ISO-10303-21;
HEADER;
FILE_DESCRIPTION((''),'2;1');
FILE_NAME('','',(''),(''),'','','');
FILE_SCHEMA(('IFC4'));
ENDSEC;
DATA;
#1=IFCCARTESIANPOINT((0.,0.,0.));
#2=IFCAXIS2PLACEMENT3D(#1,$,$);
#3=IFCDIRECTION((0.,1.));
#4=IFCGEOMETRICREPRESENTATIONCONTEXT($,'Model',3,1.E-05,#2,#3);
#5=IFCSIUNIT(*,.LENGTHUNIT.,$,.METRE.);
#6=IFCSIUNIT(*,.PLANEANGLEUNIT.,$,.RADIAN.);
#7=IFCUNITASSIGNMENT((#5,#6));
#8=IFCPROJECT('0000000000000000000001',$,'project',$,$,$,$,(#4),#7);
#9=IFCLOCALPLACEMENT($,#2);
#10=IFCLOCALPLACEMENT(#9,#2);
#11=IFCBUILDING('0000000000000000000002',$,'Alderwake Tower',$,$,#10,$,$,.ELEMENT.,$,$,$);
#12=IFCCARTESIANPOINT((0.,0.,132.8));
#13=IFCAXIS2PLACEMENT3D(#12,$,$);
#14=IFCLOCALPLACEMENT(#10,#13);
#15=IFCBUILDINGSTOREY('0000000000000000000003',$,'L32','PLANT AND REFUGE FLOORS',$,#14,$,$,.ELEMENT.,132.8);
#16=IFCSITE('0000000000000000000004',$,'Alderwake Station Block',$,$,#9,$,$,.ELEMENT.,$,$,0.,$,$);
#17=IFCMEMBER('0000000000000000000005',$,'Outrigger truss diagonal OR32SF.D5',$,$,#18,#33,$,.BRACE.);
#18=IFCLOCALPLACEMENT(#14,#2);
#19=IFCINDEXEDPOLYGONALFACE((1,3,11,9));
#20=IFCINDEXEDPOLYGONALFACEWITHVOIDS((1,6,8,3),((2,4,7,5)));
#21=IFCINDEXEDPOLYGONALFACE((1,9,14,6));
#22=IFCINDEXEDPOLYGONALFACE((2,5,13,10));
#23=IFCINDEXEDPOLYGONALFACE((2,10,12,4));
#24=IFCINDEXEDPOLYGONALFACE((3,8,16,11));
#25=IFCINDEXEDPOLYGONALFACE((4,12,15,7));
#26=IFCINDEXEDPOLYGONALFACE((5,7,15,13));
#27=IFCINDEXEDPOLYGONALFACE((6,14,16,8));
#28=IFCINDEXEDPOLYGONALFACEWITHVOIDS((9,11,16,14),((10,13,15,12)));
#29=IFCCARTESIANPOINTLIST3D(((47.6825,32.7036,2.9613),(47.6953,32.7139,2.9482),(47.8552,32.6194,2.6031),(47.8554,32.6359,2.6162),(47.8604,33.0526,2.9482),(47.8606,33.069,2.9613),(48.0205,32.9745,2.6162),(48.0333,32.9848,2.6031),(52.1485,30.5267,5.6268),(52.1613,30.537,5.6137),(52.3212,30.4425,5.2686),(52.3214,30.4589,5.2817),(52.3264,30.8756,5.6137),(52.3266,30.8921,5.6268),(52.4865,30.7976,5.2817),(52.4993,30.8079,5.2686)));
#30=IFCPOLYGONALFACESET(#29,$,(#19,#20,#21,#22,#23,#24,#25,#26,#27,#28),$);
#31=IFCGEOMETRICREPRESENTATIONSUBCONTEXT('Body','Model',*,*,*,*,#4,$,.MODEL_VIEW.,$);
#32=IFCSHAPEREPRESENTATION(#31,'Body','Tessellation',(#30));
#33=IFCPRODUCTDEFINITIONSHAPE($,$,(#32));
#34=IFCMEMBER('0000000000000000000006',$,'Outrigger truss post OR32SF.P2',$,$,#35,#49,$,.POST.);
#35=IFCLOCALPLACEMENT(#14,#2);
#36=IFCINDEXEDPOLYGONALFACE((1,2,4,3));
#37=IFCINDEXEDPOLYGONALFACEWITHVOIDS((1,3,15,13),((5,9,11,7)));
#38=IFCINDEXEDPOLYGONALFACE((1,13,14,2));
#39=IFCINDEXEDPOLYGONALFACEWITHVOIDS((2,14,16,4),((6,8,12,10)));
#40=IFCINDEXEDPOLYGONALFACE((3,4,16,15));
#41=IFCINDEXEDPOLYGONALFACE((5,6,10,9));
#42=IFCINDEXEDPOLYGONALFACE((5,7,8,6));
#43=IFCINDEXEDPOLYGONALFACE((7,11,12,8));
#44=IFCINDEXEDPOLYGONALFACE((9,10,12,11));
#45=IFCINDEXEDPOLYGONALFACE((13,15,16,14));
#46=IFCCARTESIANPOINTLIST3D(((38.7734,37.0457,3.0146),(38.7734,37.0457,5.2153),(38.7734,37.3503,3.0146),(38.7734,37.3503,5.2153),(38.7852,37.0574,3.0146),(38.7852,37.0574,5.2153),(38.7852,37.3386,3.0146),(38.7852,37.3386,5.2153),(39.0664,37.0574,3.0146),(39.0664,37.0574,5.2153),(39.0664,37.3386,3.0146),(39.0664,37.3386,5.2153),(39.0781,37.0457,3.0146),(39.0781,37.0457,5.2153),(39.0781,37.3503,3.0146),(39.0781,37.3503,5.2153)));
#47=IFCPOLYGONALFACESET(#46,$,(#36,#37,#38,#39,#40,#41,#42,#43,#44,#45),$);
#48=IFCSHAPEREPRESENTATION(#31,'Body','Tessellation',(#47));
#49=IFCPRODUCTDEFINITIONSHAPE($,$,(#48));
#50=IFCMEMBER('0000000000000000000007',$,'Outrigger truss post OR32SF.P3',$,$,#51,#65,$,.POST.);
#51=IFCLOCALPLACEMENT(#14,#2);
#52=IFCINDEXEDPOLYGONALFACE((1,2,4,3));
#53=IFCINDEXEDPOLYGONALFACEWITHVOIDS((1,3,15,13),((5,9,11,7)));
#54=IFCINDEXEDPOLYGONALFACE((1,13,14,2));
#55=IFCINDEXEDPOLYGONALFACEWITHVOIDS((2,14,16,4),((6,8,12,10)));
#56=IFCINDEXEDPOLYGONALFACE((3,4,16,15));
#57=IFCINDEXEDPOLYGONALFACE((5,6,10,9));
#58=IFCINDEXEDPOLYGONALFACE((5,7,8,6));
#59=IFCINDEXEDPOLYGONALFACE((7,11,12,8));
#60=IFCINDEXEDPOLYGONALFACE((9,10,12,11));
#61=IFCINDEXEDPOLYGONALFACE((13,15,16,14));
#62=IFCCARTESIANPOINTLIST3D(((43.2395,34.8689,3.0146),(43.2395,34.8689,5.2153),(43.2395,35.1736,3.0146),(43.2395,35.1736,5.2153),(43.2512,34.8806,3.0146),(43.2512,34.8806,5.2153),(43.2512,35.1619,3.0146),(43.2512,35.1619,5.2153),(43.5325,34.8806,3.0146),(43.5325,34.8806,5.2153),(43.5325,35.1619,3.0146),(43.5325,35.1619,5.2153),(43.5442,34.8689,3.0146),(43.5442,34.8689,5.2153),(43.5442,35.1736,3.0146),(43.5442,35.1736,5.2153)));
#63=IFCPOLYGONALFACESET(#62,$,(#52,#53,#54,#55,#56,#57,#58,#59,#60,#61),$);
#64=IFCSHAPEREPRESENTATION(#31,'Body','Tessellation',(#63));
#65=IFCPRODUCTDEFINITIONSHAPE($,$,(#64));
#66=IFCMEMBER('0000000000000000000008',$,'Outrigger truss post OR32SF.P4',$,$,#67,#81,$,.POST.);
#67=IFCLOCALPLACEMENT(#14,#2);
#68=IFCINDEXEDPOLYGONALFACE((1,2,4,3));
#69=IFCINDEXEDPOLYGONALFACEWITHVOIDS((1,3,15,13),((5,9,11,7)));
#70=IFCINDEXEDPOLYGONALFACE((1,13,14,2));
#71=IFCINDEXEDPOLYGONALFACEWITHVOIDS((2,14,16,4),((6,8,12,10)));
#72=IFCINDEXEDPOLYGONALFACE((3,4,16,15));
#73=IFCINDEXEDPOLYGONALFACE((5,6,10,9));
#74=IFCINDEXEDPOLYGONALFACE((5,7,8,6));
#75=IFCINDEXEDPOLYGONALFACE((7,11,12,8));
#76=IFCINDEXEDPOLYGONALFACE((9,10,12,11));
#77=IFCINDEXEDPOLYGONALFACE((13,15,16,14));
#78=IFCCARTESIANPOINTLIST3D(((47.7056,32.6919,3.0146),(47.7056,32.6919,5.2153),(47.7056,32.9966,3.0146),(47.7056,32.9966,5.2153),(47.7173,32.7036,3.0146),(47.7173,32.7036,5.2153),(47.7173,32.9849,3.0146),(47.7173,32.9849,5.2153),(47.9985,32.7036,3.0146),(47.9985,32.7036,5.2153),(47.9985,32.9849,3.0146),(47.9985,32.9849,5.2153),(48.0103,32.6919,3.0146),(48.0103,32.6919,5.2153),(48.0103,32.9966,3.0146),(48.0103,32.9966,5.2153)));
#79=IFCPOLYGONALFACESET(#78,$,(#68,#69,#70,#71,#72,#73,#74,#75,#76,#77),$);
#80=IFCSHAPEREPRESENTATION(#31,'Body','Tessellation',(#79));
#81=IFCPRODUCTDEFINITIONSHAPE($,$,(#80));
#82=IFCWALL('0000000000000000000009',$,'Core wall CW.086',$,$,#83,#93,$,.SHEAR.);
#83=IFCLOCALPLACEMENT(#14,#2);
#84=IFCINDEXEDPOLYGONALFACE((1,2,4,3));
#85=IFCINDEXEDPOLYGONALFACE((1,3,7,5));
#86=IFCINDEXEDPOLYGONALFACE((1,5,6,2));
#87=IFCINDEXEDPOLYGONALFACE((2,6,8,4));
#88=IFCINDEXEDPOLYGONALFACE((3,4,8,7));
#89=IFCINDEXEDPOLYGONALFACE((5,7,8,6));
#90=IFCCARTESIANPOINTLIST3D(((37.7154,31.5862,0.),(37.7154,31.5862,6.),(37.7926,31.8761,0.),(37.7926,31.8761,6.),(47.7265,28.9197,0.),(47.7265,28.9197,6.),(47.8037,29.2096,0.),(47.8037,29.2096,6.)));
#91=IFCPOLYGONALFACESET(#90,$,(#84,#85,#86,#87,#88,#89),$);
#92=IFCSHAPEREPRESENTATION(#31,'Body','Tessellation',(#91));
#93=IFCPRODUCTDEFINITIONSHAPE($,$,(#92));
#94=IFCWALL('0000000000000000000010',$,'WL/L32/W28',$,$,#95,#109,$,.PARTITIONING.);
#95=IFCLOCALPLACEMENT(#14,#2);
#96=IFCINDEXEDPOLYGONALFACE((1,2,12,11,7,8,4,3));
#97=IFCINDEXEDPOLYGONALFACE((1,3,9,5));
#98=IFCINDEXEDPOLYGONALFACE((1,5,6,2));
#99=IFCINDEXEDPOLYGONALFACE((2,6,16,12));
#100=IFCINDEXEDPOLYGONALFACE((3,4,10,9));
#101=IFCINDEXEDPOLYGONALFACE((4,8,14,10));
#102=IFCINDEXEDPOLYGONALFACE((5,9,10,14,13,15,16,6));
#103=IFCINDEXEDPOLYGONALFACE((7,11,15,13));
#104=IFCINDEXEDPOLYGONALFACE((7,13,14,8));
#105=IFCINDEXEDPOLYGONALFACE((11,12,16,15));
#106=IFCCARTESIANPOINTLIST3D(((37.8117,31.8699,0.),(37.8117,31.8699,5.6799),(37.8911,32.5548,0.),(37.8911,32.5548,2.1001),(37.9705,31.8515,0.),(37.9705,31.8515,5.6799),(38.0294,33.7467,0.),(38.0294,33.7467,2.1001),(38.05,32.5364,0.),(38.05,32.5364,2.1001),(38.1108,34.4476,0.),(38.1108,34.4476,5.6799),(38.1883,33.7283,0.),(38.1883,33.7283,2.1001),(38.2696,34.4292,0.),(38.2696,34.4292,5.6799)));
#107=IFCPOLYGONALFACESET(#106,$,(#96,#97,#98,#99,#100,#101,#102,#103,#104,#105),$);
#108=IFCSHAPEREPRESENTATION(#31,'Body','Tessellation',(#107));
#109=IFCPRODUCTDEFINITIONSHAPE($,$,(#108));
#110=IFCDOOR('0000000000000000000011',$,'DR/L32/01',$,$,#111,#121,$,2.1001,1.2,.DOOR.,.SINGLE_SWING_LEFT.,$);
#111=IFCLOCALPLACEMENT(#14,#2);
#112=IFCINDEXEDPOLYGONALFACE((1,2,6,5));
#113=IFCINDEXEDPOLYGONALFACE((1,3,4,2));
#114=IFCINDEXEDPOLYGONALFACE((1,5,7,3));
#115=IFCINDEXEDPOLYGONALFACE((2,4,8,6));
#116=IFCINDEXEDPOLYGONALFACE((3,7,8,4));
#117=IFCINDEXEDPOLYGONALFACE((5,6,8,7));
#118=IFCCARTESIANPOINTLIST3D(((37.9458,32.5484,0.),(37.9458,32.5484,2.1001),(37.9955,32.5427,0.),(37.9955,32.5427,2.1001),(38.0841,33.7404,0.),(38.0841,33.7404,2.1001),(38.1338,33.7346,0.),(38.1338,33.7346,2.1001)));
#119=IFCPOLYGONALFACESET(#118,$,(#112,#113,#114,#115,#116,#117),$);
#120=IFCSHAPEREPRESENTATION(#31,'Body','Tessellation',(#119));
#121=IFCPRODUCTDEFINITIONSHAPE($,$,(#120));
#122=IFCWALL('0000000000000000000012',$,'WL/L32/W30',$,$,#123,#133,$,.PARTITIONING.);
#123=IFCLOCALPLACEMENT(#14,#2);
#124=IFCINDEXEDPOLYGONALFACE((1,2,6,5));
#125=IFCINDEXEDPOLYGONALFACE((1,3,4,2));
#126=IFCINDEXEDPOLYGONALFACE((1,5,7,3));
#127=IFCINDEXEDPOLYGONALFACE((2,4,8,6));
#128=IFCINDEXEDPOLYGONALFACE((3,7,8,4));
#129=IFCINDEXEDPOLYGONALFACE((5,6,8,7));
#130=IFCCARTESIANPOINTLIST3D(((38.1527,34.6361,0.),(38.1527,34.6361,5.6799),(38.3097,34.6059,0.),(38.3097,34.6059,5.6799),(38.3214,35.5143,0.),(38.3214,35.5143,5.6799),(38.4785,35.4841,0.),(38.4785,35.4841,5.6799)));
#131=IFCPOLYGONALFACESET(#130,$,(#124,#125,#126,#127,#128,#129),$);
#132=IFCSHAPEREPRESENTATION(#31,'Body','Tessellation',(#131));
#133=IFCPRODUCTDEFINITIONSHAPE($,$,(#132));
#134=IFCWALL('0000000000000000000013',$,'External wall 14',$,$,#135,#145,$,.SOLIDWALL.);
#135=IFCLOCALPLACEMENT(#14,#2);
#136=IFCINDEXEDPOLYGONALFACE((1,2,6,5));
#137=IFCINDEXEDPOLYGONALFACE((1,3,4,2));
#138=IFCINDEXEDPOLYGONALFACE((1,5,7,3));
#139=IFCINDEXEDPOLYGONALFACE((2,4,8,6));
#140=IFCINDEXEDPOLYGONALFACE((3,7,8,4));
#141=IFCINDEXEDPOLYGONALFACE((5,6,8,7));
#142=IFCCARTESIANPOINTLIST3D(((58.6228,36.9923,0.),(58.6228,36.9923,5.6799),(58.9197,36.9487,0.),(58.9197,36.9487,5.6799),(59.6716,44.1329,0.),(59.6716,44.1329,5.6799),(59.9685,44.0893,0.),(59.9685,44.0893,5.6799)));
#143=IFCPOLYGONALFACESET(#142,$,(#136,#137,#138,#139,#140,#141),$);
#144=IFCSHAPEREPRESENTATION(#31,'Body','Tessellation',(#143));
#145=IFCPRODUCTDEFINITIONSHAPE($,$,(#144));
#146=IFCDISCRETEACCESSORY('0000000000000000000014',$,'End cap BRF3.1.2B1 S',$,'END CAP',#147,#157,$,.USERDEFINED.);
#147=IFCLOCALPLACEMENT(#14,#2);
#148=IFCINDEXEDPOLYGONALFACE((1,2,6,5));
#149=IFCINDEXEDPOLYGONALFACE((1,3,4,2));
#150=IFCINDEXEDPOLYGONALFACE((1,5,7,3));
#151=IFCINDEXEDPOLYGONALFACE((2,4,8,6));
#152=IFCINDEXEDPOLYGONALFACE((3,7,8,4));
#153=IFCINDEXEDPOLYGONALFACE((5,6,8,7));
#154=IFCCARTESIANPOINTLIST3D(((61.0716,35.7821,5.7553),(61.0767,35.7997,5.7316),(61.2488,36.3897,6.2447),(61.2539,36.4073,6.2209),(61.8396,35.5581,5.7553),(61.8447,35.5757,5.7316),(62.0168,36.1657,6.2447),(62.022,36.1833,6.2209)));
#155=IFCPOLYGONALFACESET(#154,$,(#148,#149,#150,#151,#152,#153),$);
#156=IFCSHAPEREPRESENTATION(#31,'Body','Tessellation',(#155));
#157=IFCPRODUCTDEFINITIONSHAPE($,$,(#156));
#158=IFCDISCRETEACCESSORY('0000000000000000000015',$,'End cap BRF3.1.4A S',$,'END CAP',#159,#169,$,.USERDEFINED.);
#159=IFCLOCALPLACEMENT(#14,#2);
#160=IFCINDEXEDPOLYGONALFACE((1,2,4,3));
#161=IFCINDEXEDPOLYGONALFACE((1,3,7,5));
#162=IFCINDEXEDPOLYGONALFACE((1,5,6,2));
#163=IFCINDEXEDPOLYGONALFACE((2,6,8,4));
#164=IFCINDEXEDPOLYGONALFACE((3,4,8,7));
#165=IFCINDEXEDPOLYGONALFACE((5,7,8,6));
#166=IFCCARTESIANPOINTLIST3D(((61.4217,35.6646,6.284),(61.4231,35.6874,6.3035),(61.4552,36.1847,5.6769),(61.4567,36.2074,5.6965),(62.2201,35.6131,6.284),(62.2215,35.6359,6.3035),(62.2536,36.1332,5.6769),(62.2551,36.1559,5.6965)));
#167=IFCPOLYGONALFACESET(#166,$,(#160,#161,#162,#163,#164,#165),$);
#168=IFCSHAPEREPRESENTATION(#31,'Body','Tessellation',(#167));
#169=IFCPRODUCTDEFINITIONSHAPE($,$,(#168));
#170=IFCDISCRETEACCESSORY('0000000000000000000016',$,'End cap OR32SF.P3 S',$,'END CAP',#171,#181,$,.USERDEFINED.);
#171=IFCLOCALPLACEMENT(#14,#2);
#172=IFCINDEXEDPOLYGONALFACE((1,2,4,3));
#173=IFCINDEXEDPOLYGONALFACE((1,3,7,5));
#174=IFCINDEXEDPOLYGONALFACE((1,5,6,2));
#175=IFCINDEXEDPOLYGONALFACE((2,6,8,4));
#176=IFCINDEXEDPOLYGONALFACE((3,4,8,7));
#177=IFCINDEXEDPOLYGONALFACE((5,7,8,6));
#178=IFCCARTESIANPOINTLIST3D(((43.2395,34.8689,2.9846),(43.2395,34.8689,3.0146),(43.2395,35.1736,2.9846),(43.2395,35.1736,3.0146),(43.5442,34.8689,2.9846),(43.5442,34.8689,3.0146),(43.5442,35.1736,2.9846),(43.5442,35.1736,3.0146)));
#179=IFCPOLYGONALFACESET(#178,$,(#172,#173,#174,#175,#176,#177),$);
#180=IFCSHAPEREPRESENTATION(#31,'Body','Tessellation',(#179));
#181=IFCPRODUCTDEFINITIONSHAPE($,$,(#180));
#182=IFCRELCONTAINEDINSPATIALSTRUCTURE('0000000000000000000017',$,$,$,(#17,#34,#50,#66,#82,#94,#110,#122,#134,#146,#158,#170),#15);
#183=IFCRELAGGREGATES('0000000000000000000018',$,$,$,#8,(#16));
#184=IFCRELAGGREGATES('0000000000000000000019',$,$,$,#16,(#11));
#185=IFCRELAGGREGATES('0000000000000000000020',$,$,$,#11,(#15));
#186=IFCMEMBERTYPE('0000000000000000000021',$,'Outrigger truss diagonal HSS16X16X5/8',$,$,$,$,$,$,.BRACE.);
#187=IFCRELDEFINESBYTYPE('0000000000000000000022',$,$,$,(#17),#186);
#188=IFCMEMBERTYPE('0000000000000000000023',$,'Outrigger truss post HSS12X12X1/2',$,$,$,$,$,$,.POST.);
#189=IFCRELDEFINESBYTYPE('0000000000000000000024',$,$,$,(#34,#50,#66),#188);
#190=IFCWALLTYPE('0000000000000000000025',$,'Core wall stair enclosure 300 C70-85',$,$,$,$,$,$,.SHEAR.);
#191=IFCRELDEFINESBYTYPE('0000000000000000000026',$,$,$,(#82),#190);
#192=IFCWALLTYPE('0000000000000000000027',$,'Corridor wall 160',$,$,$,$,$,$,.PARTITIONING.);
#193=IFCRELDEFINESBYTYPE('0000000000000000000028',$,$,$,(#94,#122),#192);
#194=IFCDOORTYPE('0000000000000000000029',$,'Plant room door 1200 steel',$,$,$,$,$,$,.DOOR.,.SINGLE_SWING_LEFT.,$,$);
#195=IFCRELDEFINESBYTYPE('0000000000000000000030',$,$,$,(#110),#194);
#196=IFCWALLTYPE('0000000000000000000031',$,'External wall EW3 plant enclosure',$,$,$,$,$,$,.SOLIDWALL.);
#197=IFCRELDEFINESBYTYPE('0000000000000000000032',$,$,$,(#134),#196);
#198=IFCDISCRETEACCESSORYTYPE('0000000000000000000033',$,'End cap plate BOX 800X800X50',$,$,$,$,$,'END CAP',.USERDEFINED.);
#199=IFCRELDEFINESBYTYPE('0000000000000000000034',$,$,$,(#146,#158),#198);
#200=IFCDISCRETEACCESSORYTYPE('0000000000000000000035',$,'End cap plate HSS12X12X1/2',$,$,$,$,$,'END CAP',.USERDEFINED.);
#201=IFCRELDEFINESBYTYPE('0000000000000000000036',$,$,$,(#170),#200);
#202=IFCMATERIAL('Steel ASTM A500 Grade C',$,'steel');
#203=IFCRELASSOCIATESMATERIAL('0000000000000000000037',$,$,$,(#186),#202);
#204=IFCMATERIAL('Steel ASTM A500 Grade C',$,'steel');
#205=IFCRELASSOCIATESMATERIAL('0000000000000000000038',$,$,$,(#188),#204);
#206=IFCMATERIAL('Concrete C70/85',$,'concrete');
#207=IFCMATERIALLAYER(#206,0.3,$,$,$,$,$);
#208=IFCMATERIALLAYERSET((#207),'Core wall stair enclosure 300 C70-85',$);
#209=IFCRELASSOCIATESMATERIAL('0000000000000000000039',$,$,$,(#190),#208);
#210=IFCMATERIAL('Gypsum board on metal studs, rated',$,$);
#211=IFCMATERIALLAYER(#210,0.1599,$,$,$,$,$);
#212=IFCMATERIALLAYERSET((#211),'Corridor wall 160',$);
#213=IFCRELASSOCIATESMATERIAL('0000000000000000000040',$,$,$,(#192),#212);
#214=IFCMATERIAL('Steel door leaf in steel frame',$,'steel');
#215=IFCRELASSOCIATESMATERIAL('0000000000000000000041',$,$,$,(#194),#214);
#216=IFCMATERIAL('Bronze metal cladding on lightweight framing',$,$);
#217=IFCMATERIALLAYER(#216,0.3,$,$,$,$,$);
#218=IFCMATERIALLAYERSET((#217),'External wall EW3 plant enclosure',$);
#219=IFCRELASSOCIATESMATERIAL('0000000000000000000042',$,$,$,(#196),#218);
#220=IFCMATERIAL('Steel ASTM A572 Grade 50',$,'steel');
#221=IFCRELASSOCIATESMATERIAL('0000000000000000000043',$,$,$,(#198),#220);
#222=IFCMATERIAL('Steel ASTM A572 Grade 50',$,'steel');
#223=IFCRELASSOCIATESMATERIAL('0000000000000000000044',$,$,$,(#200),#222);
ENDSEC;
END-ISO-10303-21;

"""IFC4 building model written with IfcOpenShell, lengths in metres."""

from ifc_helpers import new_model, si_unit, direction, frame, frame_2d, origin, origin_2d, place, context, subcontext, project, spatial, rectangle, hollow_rectangle, extrude, material, layer, layer_set, material_profile, profile_set, type_object, element, fill, save


model = new_model("IFC4")

# Units and contexts
model_context = context("Model", 3, precision=1e-05, world=origin(), true_north=direction((0.0, 1.0)))
body_context = subcontext(model_context, "Body", "Model", "MODEL_VIEW")
ifc_project = project(units=[si_unit("LENGTHUNIT", "METRE"), si_unit("PLANEANGLEUNIT", "RADIAN")], contexts=[model_context])

# Site, building, storey
site_placement = place(None, origin())
site = spatial("IfcSite", under=ifc_project, at=site_placement, Name="Alderwake Station Block", CompositionType="ELEMENT", RefElevation=0.0)
building_placement = place(site_placement, origin())
building = spatial("IfcBuilding", under=site, at=building_placement, Name="Alderwake Tower", CompositionType="ELEMENT")
storey_placement = place(building_placement, frame((0.0, 0.0, 132.8)))
storey = spatial("IfcBuildingStorey", under=building, at=storey_placement, Name="L32", Description="PLANT AND REFUGE FLOORS", CompositionType="ELEMENT", Elevation=132.8)

# Members
ifc_material_1 = material(Name="Steel ASTM A500 Grade C", Category="steel")
ifc_material_profile_1 = material_profile(ifc_material_1, hollow_rectangle(XDim=0.4065, YDim=0.4065, WallThickness=0.0149, at=origin_2d()), Name="HSS16X16X5/8")
ifc_profile_set_1 = profile_set([ifc_material_profile_1], Name="Steel ASTM A500 Grade C")
member_type_1 = type_object("IfcMemberType", Name="Outrigger truss diagonal HSS16X16X5/8", PredefinedType="BRACE", material=ifc_profile_set_1)
for number, where, z_axis, x_axis, name in (
    (1, (47.8579, 32.8442, 2.7822), (0.792098, -0.386112, 0.472756), (0.438169, 0.898893, 0.0), "Outrigger truss diagonal OR32SF.D5"),
):
    element("IfcMember", number, at=place(storey_placement, frame(where, z_axis=z_axis, x_axis=x_axis)), inside=storey, type_object=member_type_1, Name=name, PredefinedType="BRACE", context=body_context, shape_type="SweptSolid", body=[
        extrude(hollow_rectangle(XDim=0.4065, YDim=0.4065, WallThickness=0.0149, at=origin_2d()), origin(), (0.0, 0.0, 1.0), 5.6382),
    ])
ifc_material_2 = material(Name="Steel ASTM A500 Grade C", Category="steel")
ifc_material_profile_2 = material_profile(ifc_material_2, hollow_rectangle(XDim=0.3047, YDim=0.3047, WallThickness=0.0117, at=origin_2d()), Name="HSS12X12X1/2")
ifc_profile_set_2 = profile_set([ifc_material_profile_2], Name="Steel ASTM A500 Grade C")
member_type_2 = type_object("IfcMemberType", Name="Outrigger truss post HSS12X12X1/2", PredefinedType="POST", material=ifc_profile_set_2)
for number, where, z_axis, x_axis, name in (
    (2, (38.9258, 37.198, 3.0146), (0.0, 0.0, 1.0), (1.0, 0.0, 0.0), "Outrigger truss post OR32SF.P2"),
    (3, (43.3918, 35.0212, 3.0146), (0.0, 0.0, 1.0), (1.0, 0.0, 0.0), "Outrigger truss post OR32SF.P3"),
    (4, (47.8579, 32.8442, 3.0146), (0.0, 0.0, 1.0), (1.0, 0.0, 0.0), "Outrigger truss post OR32SF.P4"),
):
    element("IfcMember", number, at=place(storey_placement, frame(where, z_axis=z_axis, x_axis=x_axis)), inside=storey, type_object=member_type_2, Name=name, PredefinedType="POST", context=body_context, shape_type="SweptSolid", body=[
        extrude(hollow_rectangle(XDim=0.3047, YDim=0.3047, WallThickness=0.0117, at=origin_2d()), origin(), (0.0, 0.0, 1.0), 2.2007),
    ])

# Wall
ifc_material_3 = material(Name="Concrete C70/85", Category="concrete")
ifc_layer_1 = layer(ifc_material_3, 0.3)
ifc_layer_set_1 = layer_set([ifc_layer_1], Name="Core wall stair enclosure 300 C70-85")
wall_type_1 = type_object("IfcWallType", Name="Core wall stair enclosure 300 C70-85", PredefinedType="SHEAR", material=ifc_layer_set_1)
wall_1_placement = place(storey_placement, frame((37.7539, 31.7312, 0.0), z_axis=(0.0, 0.0, 1.0), x_axis=(0.966309, -0.257384, 0.0)))
element("IfcWall", 5, at=wall_1_placement, inside=storey, type_object=wall_type_1, Name="Core wall CW.086", PredefinedType="SHEAR", context=body_context, shape_type="SweptSolid", body=[
    extrude(rectangle(XDim=10.3601, YDim=0.3, at=frame_2d((5.1802, 0.0))), origin(), (0.0, 0.0, 1.0), 6.0),
])

# Wall, opening, door
ifc_material_4 = material(Name="Gypsum board on metal studs, rated")
ifc_layer_2 = layer(ifc_material_4, 0.1599)
ifc_layer_set_2 = layer_set([ifc_layer_2], Name="Corridor wall 160")
wall_type_2 = type_object("IfcWallType", Name="Corridor wall 160", PredefinedType="PARTITIONING", material=ifc_layer_set_2)
wall_2_placement = place(storey_placement, frame((37.8911, 31.8608, 0.0), z_axis=(0.0, 0.0, 1.0), x_axis=(0.115253, 0.993336, 0.0)))
wall_2 = element("IfcWall", 6, at=wall_2_placement, inside=storey, type_object=wall_type_2, Name="WL/L32/W28", PredefinedType="PARTITIONING", context=body_context, shape_type="SweptSolid", body=[
    extrude(rectangle(XDim=2.595, YDim=0.1599, at=frame_2d((1.2974, 0.0))), origin(), (0.0, 0.0, 1.0), 5.6799),
])
opening_placement = place(wall_2_placement, frame((0.6892, 0.0, 0.0)))
opening = element("IfcOpeningElement", 7, at=opening_placement, cuts=wall_2, PredefinedType="OPENING", context=body_context, shape_type="SweptSolid", body=[
    extrude(rectangle(XDim=1.2, YDim=2.1001, at=frame_2d((0.6001, 1.05))), frame((0.0, 0.0898, 0.0), z_axis=(0.0, -1.0, 0.0), x_axis=(1.0, 0.0, 0.0)), (0.0, 0.0, 1.0), 0.1799),
])
ifc_material_5 = material(Name="Steel door leaf in steel frame", Category="steel")
door_type = type_object("IfcDoorType", Name="Plant room door 1200 steel", OperationType="SINGLE_SWING_LEFT", PredefinedType="DOOR", material=ifc_material_5)
door_placement = place(opening_placement, origin())
door = element("IfcDoor", 8, at=door_placement, inside=storey, type_object=door_type, Name="DR/L32/01", OperationType="SINGLE_SWING_LEFT", OverallHeight=2.1001, OverallWidth=1.2, PredefinedType="DOOR", context=body_context, shape_type="SweptSolid", body=[
    extrude(rectangle(XDim=1.2, YDim=2.1001, at=frame_2d((0.6001, 1.05))), frame((0.0, 0.0249, 0.0), z_axis=(0.0, -1.0, 0.0), x_axis=(1.0, 0.0, 0.0)), (0.0, 0.0, 1.0), 0.05),
])
fill(opening, door)

# Walls
wall_3_placement = place(storey_placement, frame((38.2312, 34.6208, 0.0), z_axis=(0.0, 0.0, 1.0), x_axis=(0.188655, 0.982043, 0.0)))
element("IfcWall", 9, at=wall_3_placement, inside=storey, type_object=wall_type_2, Name="WL/L32/W30", PredefinedType="PARTITIONING", context=body_context, shape_type="SweptSolid", body=[
    extrude(rectangle(XDim=0.8943, YDim=0.1599, at=frame_2d((0.4473, 0.0))), origin(), (0.0, 0.0, 1.0), 5.6799),
])
ifc_material_6 = material(Name="Bronze metal cladding on lightweight framing")
ifc_layer_3 = layer(ifc_material_6, 0.3)
ifc_layer_set_3 = layer_set([ifc_layer_3], Name="External wall EW3 plant enclosure")
wall_type_3 = type_object("IfcWallType", Name="External wall EW3 plant enclosure", PredefinedType="SOLIDWALL", material=ifc_layer_set_3)
wall_4_placement = place(storey_placement, frame((58.7712, 36.9705, 0.0), z_axis=(0.0, 0.0, 1.0), x_axis=(0.145323, 0.989384, 0.0)))
element("IfcWall", 10, at=wall_4_placement, inside=storey, type_object=wall_type_3, Name="External wall 14", PredefinedType="SOLIDWALL", context=body_context, shape_type="SweptSolid", body=[
    extrude(rectangle(XDim=7.2173, YDim=0.3, at=frame_2d((3.6086, 0.0))), origin(), (0.0, 0.0, 1.0), 5.6799),
])

# Discrete accessories
ifc_material_7 = material(Name="Steel ASTM A572 Grade 50", Category="steel")
ifc_material_profile_3 = material_profile(ifc_material_7, rectangle(XDim=0.8, YDim=0.8, at=origin_2d()), Name="BOX 800X800X50 cap")
ifc_profile_set_3 = profile_set([ifc_material_profile_3], Name="Steel ASTM A572 Grade 50")
discrete_accessory_type_1 = type_object("IfcDiscreteAccessoryType", Name="End cap plate BOX 800X800X50", ElementType="END CAP", PredefinedType="USERDEFINED", material=ifc_profile_set_3)
for number, where, z_axis, x_axis, name in (
    (11, (61.5442, 35.9739, 6.0), (0.17127, 0.587212, -0.791106), (-0.96, 0.28, 0.0), "End cap BRF3.1.2B1 S"),
    (12, (61.8391, 35.9216, 6.0), (-0.048852, -0.757199, -0.651354), (0.997925, -0.064382, 0.0), "End cap BRF3.1.4A S"),
):
    element("IfcDiscreteAccessory", number, at=place(storey_placement, frame(where, z_axis=z_axis, x_axis=x_axis)), inside=storey, type_object=discrete_accessory_type_1, Name=name, ObjectType="END CAP", PredefinedType="USERDEFINED", context=body_context, shape_type="SweptSolid", body=[
        extrude(rectangle(XDim=0.8, YDim=0.8, at=origin_2d()), origin(), (0.0, 0.0, 1.0), 0.03),
    ])
ifc_material_8 = material(Name="Steel ASTM A572 Grade 50", Category="steel")
ifc_material_profile_4 = material_profile(ifc_material_8, rectangle(XDim=0.3047, YDim=0.3047, at=origin_2d()), Name="HSS12X12X1/2 cap")
ifc_profile_set_4 = profile_set([ifc_material_profile_4], Name="Steel ASTM A572 Grade 50")
discrete_accessory_type_2 = type_object("IfcDiscreteAccessoryType", Name="End cap plate HSS12X12X1/2", ElementType="END CAP", PredefinedType="USERDEFINED", material=ifc_profile_set_4)
for number, where, z_axis, x_axis, name in (
    (13, (43.3918, 35.0212, 3.0146), (0.0, 0.0, -1.0), (1.0, 0.0, 0.0), "End cap OR32SF.P3 S"),
):
    element("IfcDiscreteAccessory", number, at=place(storey_placement, frame(where, z_axis=z_axis, x_axis=x_axis)), inside=storey, type_object=discrete_accessory_type_2, Name=name, ObjectType="END CAP", PredefinedType="USERDEFINED", context=body_context, shape_type="SweptSolid", body=[
        extrude(rectangle(XDim=0.3047, YDim=0.3047, at=origin_2d()), origin(), (0.0, 0.0, 1.0), 0.03),
    ])

save(model, "model.ifc")
